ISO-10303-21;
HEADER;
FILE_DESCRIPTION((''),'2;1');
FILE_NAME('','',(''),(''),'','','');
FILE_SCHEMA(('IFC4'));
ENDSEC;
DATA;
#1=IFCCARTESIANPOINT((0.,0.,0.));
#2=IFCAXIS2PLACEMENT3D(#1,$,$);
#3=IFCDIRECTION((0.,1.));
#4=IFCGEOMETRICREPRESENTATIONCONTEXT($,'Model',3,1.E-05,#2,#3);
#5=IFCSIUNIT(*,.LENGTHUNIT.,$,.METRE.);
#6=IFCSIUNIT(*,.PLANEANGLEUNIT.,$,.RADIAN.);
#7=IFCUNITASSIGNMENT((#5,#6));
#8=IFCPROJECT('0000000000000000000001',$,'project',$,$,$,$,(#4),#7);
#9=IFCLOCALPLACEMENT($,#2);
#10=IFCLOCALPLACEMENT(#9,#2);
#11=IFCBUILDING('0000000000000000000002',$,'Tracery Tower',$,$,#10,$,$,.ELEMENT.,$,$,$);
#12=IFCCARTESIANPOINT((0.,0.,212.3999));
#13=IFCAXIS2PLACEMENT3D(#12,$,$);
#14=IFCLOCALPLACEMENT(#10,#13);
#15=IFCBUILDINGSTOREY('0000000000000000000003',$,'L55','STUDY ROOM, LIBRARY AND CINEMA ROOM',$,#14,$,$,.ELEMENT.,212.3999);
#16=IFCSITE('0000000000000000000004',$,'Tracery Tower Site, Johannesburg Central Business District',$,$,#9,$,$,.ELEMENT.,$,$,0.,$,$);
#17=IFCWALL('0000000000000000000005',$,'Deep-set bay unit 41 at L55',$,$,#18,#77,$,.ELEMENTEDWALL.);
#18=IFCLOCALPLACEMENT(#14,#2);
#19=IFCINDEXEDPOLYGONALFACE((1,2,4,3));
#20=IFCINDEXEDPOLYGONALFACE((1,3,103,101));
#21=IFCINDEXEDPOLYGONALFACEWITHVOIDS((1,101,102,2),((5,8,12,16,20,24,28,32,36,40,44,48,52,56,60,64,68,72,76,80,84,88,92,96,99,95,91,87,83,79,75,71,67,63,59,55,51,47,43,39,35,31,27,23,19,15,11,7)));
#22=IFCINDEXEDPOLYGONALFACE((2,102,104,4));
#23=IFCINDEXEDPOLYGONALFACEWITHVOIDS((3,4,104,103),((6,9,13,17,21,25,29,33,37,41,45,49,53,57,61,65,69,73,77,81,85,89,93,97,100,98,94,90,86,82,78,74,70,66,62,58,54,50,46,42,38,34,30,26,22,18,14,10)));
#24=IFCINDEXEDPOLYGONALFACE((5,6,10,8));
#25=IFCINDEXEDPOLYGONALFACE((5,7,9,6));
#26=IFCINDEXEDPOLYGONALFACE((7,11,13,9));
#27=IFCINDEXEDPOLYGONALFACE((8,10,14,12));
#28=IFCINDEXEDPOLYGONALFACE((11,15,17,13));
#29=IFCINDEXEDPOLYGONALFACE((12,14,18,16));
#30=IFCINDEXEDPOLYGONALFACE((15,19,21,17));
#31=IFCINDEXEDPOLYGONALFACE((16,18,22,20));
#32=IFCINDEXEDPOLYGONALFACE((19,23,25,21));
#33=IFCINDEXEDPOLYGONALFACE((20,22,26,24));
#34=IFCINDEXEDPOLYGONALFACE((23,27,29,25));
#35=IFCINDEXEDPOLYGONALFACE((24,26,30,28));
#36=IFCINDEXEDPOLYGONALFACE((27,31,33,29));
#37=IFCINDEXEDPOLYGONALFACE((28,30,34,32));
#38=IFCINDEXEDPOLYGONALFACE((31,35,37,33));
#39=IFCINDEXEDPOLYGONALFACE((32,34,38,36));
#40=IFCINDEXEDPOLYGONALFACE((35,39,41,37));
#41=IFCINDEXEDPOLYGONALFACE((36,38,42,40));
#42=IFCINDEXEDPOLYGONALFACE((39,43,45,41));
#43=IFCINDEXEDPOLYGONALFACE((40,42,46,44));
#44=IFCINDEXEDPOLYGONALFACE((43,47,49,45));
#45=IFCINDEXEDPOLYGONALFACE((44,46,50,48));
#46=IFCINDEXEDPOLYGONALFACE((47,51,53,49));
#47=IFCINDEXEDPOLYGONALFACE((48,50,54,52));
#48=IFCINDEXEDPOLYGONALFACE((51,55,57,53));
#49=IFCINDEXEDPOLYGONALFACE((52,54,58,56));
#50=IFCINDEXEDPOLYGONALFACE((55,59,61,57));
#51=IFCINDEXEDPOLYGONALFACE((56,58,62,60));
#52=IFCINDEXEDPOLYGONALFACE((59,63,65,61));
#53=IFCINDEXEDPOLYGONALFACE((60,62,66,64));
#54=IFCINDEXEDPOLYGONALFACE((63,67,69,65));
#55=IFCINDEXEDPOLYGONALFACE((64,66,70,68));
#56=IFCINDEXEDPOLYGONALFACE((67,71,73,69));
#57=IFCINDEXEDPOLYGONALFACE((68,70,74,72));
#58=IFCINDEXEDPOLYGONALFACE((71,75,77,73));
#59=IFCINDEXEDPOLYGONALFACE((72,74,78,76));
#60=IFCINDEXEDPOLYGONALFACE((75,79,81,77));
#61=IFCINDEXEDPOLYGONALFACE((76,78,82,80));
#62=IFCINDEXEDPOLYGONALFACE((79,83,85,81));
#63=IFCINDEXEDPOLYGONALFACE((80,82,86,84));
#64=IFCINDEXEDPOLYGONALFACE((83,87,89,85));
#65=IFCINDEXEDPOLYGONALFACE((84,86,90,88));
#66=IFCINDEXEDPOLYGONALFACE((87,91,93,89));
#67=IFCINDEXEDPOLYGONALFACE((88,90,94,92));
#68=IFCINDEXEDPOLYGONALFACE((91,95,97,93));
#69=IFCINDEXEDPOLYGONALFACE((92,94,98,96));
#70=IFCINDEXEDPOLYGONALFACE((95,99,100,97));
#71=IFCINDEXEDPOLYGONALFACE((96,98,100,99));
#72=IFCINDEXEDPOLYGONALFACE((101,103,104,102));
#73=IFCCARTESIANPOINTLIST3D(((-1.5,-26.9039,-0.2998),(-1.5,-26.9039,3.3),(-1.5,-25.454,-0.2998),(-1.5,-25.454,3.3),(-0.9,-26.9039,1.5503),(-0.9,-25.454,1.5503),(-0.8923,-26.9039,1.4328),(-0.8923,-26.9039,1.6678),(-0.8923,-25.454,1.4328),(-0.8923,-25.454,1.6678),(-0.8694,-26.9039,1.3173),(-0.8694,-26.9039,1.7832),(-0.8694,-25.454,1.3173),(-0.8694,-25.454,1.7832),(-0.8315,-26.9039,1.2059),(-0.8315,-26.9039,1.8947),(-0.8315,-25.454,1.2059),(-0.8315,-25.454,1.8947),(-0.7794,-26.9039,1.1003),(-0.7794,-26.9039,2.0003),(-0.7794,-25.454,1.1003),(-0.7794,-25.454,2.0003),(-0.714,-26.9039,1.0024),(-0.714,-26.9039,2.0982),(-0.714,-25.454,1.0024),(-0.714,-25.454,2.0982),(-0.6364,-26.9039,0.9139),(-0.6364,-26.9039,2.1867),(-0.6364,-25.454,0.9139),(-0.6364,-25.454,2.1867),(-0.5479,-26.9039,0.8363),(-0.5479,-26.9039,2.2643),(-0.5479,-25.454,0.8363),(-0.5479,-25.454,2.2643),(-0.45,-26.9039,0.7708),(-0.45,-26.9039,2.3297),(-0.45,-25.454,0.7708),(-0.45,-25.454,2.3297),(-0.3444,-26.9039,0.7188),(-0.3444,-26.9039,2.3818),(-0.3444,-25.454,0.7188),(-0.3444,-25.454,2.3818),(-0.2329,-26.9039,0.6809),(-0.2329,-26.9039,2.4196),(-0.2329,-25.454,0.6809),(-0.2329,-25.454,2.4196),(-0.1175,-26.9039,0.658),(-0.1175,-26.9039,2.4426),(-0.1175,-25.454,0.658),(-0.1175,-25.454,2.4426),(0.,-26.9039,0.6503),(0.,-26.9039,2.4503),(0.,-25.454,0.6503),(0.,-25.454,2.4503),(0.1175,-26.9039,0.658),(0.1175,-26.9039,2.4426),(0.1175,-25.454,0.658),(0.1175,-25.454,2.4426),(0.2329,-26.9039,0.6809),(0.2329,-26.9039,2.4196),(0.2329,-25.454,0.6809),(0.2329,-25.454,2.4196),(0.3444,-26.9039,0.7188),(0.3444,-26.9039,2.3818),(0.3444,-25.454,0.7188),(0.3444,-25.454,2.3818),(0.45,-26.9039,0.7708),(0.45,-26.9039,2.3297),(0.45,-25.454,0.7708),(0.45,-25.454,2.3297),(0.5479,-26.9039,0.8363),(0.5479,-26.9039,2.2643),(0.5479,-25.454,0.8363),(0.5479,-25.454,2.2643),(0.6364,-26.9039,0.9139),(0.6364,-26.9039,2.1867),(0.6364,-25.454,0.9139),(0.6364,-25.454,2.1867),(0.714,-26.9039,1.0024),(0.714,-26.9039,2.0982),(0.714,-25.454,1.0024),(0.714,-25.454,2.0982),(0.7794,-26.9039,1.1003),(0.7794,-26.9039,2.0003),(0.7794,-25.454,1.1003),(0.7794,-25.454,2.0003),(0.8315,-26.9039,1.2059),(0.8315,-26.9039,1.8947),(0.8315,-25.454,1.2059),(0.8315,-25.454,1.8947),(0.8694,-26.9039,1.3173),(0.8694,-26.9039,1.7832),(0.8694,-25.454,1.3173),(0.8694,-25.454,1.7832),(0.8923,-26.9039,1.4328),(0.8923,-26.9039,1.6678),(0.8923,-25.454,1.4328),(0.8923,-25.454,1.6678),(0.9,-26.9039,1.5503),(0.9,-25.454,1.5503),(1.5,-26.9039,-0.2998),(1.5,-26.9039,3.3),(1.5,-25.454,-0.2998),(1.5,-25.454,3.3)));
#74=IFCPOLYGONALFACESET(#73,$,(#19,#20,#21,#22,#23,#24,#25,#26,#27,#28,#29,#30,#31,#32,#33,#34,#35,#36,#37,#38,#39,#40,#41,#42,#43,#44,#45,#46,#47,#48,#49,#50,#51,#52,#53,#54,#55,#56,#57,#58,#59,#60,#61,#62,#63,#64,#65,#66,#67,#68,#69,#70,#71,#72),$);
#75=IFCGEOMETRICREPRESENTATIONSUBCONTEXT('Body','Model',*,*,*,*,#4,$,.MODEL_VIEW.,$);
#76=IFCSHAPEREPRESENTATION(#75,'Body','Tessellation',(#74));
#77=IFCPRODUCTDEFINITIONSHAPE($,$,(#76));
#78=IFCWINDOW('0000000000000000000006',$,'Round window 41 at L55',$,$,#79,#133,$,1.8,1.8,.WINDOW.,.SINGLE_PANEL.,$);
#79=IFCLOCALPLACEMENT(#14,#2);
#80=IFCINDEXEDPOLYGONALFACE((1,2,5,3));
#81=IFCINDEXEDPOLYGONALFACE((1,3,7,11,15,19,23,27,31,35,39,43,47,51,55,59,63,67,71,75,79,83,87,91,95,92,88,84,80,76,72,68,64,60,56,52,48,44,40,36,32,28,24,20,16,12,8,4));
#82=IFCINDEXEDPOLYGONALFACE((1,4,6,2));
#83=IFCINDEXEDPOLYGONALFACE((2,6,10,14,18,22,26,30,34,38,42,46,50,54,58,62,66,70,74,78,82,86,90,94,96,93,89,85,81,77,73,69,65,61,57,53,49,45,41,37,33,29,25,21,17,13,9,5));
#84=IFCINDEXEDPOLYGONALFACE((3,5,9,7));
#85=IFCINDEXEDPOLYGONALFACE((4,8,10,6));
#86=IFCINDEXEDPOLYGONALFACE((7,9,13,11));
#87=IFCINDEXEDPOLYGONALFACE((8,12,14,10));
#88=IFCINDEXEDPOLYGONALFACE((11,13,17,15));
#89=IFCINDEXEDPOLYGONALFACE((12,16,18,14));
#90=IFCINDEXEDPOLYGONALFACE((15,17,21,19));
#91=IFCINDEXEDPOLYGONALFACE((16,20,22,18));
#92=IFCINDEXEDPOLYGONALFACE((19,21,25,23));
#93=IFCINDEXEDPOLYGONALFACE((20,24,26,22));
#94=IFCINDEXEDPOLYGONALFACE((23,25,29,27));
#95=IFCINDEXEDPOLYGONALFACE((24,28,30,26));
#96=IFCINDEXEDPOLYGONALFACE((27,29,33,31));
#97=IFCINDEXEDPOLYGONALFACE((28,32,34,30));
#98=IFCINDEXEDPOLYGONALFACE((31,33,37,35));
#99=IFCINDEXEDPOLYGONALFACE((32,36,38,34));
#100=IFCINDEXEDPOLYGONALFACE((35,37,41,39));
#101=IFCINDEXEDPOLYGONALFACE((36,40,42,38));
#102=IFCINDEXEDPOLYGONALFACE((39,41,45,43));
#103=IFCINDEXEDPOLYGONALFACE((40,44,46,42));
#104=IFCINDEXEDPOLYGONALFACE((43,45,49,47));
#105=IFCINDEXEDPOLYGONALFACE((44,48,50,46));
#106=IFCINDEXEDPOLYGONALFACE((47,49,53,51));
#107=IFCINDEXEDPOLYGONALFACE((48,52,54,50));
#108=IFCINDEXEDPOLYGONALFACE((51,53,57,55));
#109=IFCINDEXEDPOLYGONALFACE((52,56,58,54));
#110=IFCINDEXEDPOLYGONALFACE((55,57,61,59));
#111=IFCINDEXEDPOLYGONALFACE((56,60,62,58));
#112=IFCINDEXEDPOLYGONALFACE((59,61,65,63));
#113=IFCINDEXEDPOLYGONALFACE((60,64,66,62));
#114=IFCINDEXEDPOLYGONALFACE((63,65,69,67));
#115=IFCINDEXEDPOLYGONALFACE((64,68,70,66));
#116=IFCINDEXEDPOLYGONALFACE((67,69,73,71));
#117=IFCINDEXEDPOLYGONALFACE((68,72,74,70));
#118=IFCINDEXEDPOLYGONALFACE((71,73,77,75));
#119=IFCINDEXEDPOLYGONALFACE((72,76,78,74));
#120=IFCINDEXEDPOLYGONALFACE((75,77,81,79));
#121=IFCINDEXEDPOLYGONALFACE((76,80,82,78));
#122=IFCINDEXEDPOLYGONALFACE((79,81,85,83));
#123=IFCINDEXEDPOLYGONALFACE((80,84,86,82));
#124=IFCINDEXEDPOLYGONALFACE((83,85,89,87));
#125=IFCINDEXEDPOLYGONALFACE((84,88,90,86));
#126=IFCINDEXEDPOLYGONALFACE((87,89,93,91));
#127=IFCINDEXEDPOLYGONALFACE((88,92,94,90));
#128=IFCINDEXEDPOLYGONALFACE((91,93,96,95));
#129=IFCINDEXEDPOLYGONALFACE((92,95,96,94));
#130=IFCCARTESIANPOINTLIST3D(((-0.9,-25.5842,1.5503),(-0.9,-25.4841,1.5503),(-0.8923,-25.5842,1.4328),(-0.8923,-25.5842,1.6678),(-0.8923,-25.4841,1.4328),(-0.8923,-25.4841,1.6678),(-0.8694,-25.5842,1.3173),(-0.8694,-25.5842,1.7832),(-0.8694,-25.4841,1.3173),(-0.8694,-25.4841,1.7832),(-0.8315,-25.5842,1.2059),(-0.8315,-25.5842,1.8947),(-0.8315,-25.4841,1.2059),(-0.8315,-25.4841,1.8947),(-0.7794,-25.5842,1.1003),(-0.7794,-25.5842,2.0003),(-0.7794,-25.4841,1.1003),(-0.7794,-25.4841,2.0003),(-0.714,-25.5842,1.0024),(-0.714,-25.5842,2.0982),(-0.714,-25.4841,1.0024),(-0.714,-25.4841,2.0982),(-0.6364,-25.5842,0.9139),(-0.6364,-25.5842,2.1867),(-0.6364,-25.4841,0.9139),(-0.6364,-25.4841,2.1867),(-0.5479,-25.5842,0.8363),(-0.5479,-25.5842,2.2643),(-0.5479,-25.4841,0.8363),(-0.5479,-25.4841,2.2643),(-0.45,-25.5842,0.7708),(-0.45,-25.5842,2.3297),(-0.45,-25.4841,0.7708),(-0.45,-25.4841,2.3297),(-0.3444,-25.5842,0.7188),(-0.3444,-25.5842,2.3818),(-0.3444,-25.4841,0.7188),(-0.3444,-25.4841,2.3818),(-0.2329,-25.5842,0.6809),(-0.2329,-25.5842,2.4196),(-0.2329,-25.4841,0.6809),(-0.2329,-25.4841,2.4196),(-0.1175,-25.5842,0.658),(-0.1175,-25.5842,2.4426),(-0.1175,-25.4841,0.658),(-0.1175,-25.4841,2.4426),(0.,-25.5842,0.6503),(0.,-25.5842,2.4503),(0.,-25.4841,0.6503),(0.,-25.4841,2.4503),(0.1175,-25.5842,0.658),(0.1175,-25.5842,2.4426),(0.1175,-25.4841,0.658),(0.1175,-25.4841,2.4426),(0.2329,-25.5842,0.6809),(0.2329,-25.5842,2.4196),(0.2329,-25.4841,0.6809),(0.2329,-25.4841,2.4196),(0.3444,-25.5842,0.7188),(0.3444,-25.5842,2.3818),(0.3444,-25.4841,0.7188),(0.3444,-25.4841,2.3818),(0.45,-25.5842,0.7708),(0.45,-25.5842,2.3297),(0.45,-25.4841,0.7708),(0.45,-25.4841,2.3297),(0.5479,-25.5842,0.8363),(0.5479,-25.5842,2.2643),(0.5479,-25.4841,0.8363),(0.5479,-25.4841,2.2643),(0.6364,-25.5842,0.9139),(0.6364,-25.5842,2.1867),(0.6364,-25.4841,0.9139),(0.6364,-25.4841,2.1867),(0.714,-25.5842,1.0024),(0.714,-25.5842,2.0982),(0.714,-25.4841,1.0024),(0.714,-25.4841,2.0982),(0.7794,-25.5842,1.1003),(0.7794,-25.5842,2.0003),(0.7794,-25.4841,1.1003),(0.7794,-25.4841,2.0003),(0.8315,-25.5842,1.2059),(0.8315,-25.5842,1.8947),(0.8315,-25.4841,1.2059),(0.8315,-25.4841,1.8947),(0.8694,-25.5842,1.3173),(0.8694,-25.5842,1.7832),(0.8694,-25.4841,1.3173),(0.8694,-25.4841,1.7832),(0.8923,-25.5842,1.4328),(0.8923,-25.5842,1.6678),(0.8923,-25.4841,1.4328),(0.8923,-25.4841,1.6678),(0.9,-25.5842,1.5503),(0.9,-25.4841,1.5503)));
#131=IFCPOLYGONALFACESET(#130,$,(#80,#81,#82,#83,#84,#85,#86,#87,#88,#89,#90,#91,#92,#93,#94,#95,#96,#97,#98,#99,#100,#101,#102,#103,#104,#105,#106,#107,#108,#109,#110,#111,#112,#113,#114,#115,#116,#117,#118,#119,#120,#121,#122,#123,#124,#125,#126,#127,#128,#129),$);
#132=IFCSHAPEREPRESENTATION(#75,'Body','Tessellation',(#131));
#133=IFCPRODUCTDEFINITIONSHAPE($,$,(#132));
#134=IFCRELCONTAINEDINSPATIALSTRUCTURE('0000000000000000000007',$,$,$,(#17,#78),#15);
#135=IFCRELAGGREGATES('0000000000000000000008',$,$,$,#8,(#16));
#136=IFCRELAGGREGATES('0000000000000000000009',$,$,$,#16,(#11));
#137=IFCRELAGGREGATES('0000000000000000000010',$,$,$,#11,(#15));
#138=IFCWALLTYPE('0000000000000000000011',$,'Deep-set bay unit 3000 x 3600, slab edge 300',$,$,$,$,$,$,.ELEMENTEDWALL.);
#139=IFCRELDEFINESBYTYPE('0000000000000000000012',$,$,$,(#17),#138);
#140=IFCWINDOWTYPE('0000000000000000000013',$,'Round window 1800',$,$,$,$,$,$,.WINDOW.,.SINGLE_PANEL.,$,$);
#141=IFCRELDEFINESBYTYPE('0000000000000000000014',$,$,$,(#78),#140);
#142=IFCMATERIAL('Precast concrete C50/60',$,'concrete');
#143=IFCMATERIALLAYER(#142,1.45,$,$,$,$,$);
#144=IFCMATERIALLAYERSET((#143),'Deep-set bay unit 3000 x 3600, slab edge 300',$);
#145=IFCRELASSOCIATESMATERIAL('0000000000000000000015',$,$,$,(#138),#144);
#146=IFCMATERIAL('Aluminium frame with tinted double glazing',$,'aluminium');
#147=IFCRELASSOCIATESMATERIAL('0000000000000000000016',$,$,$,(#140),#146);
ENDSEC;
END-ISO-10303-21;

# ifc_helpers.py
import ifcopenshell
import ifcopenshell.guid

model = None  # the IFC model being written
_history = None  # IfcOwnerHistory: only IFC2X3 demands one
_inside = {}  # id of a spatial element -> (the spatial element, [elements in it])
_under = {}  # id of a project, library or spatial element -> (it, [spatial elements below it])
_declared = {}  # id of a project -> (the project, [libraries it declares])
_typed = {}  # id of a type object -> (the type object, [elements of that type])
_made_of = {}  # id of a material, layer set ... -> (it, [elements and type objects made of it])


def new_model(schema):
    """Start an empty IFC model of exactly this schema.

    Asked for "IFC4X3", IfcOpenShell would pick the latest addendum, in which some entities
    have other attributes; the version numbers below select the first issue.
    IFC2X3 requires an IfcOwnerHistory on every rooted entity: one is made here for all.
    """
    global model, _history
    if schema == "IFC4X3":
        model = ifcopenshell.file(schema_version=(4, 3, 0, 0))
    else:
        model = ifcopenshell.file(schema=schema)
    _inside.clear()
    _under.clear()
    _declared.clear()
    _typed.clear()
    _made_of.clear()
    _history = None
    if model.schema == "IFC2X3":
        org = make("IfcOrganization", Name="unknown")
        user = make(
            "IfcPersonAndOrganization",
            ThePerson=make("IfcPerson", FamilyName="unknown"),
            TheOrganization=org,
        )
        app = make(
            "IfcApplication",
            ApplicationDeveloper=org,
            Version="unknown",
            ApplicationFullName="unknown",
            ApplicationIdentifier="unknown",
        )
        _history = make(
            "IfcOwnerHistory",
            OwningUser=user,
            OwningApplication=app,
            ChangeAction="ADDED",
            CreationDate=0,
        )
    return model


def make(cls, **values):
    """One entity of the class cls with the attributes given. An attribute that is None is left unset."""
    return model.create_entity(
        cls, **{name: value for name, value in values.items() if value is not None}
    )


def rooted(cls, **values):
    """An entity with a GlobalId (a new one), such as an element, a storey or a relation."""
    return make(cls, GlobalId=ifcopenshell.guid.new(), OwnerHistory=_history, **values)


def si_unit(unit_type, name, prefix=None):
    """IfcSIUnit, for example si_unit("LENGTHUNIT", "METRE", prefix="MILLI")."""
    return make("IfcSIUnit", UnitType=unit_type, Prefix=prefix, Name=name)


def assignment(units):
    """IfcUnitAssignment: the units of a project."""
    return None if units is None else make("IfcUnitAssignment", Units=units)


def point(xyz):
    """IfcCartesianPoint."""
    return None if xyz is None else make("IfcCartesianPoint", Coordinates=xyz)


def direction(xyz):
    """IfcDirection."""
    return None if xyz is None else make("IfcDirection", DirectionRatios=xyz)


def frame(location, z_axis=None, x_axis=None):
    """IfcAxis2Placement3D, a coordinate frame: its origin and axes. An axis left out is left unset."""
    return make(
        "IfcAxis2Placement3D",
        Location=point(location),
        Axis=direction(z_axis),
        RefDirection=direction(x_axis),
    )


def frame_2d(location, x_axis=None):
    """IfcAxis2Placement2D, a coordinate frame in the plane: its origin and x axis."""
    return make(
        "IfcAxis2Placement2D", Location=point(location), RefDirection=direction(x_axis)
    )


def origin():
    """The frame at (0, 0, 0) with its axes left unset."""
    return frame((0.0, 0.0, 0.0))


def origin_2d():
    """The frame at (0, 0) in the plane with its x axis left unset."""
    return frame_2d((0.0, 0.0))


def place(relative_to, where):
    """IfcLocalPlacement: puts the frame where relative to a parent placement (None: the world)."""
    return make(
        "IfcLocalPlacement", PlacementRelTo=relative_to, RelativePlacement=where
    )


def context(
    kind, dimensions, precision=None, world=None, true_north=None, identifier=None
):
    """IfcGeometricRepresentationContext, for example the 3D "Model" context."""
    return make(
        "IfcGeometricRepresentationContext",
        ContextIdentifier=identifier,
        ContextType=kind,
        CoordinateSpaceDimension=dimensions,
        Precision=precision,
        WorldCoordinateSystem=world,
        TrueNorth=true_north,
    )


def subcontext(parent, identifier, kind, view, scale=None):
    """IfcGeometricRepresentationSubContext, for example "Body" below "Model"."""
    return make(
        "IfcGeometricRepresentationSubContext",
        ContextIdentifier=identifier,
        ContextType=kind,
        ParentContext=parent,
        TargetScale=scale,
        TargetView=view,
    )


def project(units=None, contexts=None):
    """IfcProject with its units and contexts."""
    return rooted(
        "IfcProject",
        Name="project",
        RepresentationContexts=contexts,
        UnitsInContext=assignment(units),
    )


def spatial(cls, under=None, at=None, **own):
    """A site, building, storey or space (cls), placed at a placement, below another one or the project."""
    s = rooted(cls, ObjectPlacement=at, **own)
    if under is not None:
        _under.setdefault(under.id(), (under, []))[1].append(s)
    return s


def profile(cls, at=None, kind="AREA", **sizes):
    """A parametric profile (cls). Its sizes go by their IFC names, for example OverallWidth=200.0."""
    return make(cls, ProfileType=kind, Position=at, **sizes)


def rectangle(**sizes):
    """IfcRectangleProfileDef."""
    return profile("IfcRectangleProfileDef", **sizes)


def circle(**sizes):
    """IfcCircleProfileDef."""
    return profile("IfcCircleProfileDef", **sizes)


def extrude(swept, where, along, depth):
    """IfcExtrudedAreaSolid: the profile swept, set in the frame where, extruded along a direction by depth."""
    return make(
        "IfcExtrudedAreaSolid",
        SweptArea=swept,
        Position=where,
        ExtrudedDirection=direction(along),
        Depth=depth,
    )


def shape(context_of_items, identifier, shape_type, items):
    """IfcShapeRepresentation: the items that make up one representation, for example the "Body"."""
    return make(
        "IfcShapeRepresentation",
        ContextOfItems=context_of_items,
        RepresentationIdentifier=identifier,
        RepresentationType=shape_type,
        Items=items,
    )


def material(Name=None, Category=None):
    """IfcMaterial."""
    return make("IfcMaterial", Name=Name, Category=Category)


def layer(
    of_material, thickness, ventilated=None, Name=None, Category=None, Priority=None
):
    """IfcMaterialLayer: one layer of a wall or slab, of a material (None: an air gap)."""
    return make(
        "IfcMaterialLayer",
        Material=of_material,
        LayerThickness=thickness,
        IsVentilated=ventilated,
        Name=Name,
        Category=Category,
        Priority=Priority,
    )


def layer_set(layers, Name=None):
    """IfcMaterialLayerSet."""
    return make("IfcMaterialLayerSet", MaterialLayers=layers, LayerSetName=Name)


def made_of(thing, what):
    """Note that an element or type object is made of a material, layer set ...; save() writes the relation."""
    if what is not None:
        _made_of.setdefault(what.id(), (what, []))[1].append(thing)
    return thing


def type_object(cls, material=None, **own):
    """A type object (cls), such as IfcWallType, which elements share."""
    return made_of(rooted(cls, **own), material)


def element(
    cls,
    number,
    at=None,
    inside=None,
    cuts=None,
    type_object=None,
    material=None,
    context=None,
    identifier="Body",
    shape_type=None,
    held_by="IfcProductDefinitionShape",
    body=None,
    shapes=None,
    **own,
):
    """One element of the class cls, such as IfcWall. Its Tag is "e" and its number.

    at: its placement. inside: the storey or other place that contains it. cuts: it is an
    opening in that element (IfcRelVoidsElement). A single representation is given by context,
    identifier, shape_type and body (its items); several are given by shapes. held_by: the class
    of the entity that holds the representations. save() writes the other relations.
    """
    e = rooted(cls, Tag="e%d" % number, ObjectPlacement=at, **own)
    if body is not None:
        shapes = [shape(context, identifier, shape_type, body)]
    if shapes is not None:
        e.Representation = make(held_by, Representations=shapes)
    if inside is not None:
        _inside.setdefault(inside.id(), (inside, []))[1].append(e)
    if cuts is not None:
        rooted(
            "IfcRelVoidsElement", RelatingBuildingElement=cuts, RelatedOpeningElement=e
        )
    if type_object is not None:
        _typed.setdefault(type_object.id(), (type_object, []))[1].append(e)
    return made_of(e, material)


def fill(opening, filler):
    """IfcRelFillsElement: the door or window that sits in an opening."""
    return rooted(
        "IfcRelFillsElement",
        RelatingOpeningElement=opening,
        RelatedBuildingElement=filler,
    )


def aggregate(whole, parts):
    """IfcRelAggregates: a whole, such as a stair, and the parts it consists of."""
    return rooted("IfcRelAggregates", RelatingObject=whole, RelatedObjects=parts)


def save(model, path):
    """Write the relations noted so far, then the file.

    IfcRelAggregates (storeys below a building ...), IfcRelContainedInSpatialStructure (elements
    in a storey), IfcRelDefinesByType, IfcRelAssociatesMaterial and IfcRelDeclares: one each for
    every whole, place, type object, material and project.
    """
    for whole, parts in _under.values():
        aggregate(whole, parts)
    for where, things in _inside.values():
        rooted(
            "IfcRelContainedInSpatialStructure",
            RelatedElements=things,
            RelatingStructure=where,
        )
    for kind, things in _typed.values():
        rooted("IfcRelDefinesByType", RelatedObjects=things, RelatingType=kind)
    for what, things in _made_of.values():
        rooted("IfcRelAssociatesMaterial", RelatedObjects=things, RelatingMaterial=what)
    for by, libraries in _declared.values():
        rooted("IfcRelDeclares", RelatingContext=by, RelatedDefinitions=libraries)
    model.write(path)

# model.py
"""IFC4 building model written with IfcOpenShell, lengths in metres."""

from ifc_helpers import new_model, si_unit, direction, frame, frame_2d, origin, origin_2d, place, context, subcontext, project, spatial, rectangle, circle, extrude, material, layer, layer_set, type_object, element, fill, save


model = new_model("IFC4")

# Units and contexts
model_context = context("Model", 3, precision=1e-05, world=origin(), true_north=direction((0.0, 1.0)))
body_context = subcontext(model_context, "Body", "Model", "MODEL_VIEW")
ifc_project = project(units=[si_unit("LENGTHUNIT", "METRE"), si_unit("PLANEANGLEUNIT", "RADIAN")], contexts=[model_context])

# Site, building, storey
site_placement = place(None, origin())
site = spatial("IfcSite", under=ifc_project, at=site_placement, Name="Tracery Tower Site, Johannesburg Central Business District", CompositionType="ELEMENT", RefElevation=0.0)
building_placement = place(site_placement, origin())
building = spatial("IfcBuilding", under=site, at=building_placement, Name="Tracery Tower", CompositionType="ELEMENT")
storey_placement = place(building_placement, frame((0.0, 0.0, 212.3999)))
storey = spatial("IfcBuildingStorey", under=building, at=storey_placement, Name="L55", Description="STUDY ROOM, LIBRARY AND CINEMA ROOM", CompositionType="ELEMENT", Elevation=212.3999)

# Wall, opening, window
ifc_material_1 = material(Name="Precast concrete C50/60", Category="concrete")
ifc_layer_1 = layer(ifc_material_1, 1.45)
ifc_layer_set_1 = layer_set([ifc_layer_1], Name="Deep-set bay unit 3000 x 3600, slab edge 300")
wall_type_1 = type_object("IfcWallType", Name="Deep-set bay unit 3000 x 3600, slab edge 300", PredefinedType="ELEMENTEDWALL", material=ifc_layer_set_1)
ifc_material_2 = material(Name="Aluminium frame with tinted double glazing", Category="aluminium")
window_type = type_object("IfcWindowType", Name="Round window 1800", PartitioningType="SINGLE_PANEL", PredefinedType="WINDOW", material=ifc_material_2)
wall_1_placement = place(storey_placement, frame((-1.5, -26.179, -0.2998), z_axis=(0.0, 0.0, 1.0), x_axis=(1.0, 0.0, 0.0)))
wall_1 = element("IfcWall", 1, at=wall_1_placement, inside=storey, type_object=wall_type_1, Name="Deep-set bay unit 41 at L55", PredefinedType="ELEMENTEDWALL", context=body_context, shape_type="SweptSolid", body=[
    extrude(rectangle(XDim=3.0, YDim=1.45, at=frame_2d((1.5, 0.0))), origin(), (0.0, 0.0, 1.0), 3.5999),
])
opening_1_placement = place(wall_1_placement, frame((1.5, 0.0, 1.8501)))
opening_1 = element("IfcOpeningElement", 2, at=opening_1_placement, cuts=wall_1, PredefinedType="OPENING", context=body_context, shape_type="SweptSolid", body=[
    extrude(circle(Radius=0.9, at=origin_2d()), frame((0.0, 0.7349, 0.0), z_axis=(0.0, -1.0, 0.0), x_axis=(1.0, 0.0, 0.0)), (0.0, 0.0, 1.0), 1.47),
])
window_1_placement = place(opening_1_placement, origin())
window_1 = element("IfcWindow", 3, at=window_1_placement, inside=storey, type_object=window_type, Name="Round window 41 at L55", OverallHeight=1.8, OverallWidth=1.8, PartitioningType="SINGLE_PANEL", PredefinedType="WINDOW", context=body_context, shape_type="SweptSolid", body=[
    extrude(circle(Radius=0.9, at=origin_2d()), frame((0.0, 0.6948, 0.0), z_axis=(0.0, -1.0, 0.0), x_axis=(1.0, 0.0, 0.0)), (0.0, 0.0, 1.0), 0.1001),
])
fill(opening_1, window_1)

save(model, "model.ifc")
